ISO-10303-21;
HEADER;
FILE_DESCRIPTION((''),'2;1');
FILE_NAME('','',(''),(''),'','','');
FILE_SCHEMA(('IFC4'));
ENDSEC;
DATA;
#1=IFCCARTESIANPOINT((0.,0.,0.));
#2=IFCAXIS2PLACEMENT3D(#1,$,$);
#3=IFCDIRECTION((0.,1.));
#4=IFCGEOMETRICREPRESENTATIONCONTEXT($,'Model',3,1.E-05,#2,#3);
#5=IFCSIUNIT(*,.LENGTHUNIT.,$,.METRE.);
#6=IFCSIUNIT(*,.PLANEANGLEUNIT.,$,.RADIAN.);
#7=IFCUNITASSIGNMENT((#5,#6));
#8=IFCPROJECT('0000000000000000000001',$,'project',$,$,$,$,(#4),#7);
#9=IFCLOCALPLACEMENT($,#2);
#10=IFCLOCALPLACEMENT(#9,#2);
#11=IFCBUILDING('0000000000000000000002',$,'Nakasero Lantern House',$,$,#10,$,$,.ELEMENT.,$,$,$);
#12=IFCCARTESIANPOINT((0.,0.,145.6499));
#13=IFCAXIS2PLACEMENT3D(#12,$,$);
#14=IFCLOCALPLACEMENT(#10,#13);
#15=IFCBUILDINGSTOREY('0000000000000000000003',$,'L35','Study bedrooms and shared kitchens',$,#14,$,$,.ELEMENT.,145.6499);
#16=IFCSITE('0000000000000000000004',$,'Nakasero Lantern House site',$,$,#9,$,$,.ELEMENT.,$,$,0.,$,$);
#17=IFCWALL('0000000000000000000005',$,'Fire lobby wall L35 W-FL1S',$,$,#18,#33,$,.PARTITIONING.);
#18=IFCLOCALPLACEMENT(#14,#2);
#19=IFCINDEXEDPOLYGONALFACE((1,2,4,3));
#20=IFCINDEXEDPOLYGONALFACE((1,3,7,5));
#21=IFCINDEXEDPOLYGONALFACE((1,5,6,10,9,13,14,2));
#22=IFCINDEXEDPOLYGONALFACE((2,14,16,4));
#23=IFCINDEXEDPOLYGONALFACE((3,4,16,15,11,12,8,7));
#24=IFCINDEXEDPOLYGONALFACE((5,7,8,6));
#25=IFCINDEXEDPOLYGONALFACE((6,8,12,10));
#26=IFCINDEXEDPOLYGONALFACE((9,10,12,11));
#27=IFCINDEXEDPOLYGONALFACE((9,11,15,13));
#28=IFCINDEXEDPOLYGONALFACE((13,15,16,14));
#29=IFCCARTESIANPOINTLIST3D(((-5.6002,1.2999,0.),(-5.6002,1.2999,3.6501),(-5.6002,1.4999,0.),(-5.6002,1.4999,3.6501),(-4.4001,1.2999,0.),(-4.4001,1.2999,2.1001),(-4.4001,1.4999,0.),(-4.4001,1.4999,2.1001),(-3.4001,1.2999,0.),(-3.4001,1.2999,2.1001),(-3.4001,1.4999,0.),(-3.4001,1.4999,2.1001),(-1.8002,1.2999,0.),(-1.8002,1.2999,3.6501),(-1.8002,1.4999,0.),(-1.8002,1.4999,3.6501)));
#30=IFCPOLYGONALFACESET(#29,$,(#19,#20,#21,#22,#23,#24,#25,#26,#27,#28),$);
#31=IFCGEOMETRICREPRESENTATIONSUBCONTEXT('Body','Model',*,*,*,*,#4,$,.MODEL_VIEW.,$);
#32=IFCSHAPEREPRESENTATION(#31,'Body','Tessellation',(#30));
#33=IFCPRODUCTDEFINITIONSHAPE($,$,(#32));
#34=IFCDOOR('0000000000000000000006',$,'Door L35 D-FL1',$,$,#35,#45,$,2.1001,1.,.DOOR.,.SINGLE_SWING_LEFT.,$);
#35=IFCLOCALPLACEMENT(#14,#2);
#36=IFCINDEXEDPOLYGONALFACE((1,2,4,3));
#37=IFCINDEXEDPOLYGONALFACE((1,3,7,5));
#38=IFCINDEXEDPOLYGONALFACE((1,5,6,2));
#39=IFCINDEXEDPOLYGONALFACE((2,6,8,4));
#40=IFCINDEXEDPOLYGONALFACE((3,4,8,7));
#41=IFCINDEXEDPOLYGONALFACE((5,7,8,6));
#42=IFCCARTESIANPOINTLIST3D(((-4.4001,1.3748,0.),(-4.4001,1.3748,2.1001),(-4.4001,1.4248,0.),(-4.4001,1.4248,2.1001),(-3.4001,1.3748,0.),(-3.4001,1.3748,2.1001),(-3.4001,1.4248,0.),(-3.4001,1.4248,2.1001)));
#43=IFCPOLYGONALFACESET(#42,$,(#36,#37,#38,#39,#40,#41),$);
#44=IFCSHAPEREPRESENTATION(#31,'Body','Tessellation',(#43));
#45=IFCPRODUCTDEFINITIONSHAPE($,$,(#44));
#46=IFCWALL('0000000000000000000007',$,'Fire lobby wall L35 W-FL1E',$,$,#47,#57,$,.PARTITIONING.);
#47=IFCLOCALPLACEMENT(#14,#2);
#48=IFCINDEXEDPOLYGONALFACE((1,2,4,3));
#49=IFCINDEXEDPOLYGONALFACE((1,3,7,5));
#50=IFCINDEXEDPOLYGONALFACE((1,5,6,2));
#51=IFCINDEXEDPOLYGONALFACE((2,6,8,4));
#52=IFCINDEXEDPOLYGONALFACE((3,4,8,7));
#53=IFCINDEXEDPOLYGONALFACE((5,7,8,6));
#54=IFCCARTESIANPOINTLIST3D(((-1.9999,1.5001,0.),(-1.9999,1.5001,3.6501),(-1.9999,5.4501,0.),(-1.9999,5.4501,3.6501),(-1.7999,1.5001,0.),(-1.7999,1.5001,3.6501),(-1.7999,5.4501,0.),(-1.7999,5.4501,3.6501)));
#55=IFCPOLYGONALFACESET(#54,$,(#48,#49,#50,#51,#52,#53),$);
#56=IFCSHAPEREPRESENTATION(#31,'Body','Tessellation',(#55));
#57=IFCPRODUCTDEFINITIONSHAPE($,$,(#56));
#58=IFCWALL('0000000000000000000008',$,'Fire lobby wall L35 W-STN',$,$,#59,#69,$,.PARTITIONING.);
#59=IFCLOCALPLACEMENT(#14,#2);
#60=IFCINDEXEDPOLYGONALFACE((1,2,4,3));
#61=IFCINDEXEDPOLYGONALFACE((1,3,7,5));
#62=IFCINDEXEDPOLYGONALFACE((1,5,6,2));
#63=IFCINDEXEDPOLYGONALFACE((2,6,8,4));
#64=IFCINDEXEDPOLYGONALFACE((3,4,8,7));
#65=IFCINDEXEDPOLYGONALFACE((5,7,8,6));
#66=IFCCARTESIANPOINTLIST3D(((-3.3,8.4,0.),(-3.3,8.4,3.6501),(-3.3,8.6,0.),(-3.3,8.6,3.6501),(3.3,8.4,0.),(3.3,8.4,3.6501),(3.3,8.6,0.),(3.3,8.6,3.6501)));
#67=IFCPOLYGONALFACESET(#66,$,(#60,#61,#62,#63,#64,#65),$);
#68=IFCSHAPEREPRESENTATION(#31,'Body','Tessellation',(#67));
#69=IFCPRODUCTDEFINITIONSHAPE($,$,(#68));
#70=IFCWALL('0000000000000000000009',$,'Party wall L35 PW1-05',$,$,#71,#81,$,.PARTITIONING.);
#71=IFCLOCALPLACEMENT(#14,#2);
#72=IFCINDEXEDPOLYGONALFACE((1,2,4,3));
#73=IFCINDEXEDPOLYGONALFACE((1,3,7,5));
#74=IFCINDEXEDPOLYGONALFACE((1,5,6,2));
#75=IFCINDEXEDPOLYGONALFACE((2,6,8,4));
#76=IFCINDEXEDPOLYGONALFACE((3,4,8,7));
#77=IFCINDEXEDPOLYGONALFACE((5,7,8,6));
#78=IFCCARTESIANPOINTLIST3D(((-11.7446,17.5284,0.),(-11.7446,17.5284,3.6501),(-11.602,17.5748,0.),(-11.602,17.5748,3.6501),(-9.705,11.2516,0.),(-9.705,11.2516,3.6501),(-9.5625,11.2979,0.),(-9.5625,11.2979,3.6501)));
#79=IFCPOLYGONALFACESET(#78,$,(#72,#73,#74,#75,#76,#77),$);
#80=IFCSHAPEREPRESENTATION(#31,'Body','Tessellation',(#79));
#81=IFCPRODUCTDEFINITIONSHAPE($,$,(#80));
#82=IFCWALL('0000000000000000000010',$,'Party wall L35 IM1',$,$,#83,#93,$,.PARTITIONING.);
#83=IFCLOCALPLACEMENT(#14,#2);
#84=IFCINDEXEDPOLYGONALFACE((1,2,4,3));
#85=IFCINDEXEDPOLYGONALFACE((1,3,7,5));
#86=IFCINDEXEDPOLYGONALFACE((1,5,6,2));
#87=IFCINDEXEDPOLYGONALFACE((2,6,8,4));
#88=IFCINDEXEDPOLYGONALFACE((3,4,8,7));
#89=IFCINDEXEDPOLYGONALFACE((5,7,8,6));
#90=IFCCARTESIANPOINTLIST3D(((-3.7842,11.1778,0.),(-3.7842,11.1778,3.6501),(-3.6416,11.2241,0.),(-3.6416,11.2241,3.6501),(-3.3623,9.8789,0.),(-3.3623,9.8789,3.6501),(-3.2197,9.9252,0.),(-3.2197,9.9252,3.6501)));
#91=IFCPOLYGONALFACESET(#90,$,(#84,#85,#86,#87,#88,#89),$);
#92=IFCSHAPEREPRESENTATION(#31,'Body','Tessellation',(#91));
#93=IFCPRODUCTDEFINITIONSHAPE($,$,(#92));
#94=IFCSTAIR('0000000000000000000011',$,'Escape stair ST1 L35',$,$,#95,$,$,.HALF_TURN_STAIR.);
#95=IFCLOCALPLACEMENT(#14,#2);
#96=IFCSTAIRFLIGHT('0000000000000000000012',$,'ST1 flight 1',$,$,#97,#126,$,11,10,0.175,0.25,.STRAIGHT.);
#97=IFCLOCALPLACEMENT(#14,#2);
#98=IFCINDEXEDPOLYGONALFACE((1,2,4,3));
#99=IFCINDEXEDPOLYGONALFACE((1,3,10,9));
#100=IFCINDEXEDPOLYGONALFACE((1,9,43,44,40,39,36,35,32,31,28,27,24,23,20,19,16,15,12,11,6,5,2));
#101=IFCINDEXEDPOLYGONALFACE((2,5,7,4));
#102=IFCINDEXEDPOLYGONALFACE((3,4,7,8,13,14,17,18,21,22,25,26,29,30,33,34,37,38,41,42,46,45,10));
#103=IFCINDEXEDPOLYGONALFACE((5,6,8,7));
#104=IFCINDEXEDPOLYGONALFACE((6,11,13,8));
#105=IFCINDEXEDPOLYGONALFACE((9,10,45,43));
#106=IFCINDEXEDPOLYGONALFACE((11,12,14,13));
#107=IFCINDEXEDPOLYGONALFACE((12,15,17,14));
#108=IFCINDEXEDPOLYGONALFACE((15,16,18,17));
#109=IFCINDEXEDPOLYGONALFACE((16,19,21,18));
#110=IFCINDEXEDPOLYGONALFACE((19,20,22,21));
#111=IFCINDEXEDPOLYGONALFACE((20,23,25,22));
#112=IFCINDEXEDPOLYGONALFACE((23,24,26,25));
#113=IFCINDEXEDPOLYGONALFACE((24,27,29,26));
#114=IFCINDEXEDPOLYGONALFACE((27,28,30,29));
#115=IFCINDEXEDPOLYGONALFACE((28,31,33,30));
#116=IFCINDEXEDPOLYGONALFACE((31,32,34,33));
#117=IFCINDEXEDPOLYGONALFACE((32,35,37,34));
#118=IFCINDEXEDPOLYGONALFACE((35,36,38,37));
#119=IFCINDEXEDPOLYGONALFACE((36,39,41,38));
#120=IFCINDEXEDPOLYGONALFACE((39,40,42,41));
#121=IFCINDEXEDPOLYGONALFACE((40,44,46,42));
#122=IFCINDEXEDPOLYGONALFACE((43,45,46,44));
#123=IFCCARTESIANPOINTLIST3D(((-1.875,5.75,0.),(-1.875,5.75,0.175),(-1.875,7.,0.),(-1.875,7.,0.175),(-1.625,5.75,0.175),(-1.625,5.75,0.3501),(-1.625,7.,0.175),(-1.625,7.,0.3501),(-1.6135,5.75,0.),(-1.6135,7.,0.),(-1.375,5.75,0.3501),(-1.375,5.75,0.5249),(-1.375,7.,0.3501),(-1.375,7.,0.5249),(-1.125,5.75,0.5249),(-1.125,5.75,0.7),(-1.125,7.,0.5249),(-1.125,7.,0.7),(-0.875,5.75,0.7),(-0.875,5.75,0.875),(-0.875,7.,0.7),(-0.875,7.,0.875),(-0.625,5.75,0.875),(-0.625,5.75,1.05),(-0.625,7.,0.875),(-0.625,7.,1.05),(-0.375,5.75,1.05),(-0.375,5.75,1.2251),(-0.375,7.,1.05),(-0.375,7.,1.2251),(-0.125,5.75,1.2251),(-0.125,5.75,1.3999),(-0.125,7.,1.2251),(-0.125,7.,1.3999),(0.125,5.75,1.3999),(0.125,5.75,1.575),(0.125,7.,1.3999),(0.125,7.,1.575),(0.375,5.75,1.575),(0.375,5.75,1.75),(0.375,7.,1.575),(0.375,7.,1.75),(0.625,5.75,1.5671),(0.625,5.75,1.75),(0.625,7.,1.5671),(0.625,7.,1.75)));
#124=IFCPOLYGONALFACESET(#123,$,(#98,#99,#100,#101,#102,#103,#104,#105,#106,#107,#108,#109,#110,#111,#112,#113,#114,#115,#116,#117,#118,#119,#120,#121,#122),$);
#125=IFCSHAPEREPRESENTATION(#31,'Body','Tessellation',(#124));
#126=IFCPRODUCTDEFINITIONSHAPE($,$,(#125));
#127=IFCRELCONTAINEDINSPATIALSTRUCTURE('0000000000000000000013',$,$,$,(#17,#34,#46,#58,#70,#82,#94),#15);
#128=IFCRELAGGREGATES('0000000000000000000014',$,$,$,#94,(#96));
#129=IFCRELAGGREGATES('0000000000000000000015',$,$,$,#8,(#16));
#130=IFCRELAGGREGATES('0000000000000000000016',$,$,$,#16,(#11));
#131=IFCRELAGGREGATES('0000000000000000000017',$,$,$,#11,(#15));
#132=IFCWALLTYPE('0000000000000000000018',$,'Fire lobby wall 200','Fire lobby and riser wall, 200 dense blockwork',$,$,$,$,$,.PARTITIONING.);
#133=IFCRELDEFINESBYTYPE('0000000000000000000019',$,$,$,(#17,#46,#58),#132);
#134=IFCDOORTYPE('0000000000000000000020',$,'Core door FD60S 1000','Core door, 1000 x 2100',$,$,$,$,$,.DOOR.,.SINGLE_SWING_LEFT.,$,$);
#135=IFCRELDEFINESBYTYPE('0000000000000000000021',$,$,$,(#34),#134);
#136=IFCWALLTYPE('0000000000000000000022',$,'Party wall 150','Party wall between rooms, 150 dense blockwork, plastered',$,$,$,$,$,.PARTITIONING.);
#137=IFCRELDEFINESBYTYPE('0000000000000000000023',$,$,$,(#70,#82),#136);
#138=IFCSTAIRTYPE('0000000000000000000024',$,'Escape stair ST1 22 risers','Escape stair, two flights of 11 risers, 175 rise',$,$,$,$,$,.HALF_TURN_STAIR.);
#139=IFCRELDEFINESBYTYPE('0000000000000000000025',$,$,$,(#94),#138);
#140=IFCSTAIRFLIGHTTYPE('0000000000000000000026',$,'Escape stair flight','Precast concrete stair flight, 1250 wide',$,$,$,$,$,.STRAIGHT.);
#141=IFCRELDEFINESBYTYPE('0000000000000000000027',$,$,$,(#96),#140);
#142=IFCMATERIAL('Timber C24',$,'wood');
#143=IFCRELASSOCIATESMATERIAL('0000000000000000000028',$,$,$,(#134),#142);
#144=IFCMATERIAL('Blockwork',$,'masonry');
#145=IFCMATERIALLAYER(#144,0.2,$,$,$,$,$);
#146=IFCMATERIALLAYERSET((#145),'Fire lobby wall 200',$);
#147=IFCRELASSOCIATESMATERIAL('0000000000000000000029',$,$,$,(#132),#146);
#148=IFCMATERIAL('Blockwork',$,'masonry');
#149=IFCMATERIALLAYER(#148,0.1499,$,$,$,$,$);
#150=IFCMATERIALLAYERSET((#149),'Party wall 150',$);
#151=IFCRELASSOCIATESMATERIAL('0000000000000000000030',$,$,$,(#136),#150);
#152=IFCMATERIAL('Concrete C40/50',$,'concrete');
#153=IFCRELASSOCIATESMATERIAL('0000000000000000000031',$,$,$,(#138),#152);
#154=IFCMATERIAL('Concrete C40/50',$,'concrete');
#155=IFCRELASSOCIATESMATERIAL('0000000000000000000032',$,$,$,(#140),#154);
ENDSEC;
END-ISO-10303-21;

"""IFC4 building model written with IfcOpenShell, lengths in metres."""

from ifc_helpers import new_model, si_unit, direction, frame, frame_2d, origin, place, context, subcontext, project, spatial, polyline, rectangle, outline, extrude, material, layer, layer_set, type_object, element, fill, aggregate, save


model = new_model("IFC4")

# Units and contexts
model_context = context("Model", 3, precision=1e-05, world=origin(), true_north=direction((0.0, 1.0)))
body_context = subcontext(model_context, "Body", "Model", "MODEL_VIEW")
ifc_project = project(units=[si_unit("LENGTHUNIT", "METRE"), si_unit("PLANEANGLEUNIT", "RADIAN")], contexts=[model_context])

# Site, building, storey
site_placement = place(None, origin())
site = spatial("IfcSite", under=ifc_project, at=site_placement, Name="Nakasero Lantern House site", CompositionType="ELEMENT", RefElevation=0.0)
building_placement = place(site_placement, origin())
building = spatial("IfcBuilding", under=site, at=building_placement, Name="Nakasero Lantern House", CompositionType="ELEMENT")
storey_placement = place(building_placement, frame((0.0, 0.0, 145.6499)))
storey = spatial("IfcBuildingStorey", under=building, at=storey_placement, Name="L35", Description="Study bedrooms and shared kitchens", CompositionType="ELEMENT", Elevation=145.6499)

# Shared definitions
ifc_material_1 = material(Name="Timber C24", Category="wood")
door_type_1 = type_object("IfcDoorType", Name="Core door FD60S 1000", Description="Core door, 1000 x 2100", OperationType="SINGLE_SWING_LEFT", PredefinedType="DOOR", material=ifc_material_1)

# Wall, opening, door
ifc_material_2 = material(Name="Blockwork", Category="masonry")
ifc_layer_1 = layer(ifc_material_2, 0.2)
ifc_layer_set_1 = layer_set([ifc_layer_1], Name="Fire lobby wall 200")
wall_type_1 = type_object("IfcWallType", Name="Fire lobby wall 200", Description="Fire lobby and riser wall, 200 dense blockwork", PredefinedType="PARTITIONING", material=ifc_layer_set_1)
wall_1_placement = place(storey_placement, frame((-5.6001, 1.3999, 0.0), z_axis=(0.0, 0.0, 1.0), x_axis=(1.0, 0.0, 0.0)))
wall_1 = element("IfcWall", 1, at=wall_1_placement, inside=storey, type_object=wall_type_1, Name="Fire lobby wall L35 W-FL1S", PredefinedType="PARTITIONING", context=body_context, shape_type="SweptSolid", body=[
    extrude(rectangle(XDim=3.8, YDim=0.2, at=frame_2d((1.8999, 0.0))), origin(), (0.0, 0.0, 1.0), 3.6501),
])
opening_1_placement = place(wall_1_placement, frame((1.2, 0.0, 0.0)))
opening_1 = element("IfcOpeningElement", 2, at=opening_1_placement, cuts=wall_1, PredefinedType="OPENING", context=body_context, shape_type="SweptSolid", body=[
    extrude(rectangle(XDim=1.0, YDim=2.1001, at=frame_2d((0.5, 1.05))), frame((0.0, 0.1199, 0.0), z_axis=(0.0, -1.0, 0.0), x_axis=(1.0, 0.0, 0.0)), (0.0, 0.0, 1.0), 0.24),
])
door_1_placement = place(opening_1_placement, origin())
door_1 = element("IfcDoor", 3, at=door_1_placement, inside=storey, type_object=door_type_1, Name="Door L35 D-FL1", OperationType="SINGLE_SWING_LEFT", OverallHeight=2.1001, OverallWidth=1.0, PredefinedType="DOOR", context=body_context, shape_type="SweptSolid", body=[
    extrude(rectangle(XDim=1.0, YDim=2.1001, at=frame_2d((0.5, 1.05))), frame((0.0, 0.0249, 0.0), z_axis=(0.0, -1.0, 0.0), x_axis=(1.0, 0.0, 0.0)), (0.0, 0.0, 1.0), 0.05),
])
fill(opening_1, door_1)

# Walls
wall_2_placement = place(storey_placement, frame((-1.8999, 1.5, 0.0), z_axis=(0.0, 0.0, 1.0), x_axis=(0.0, 1.0, 0.0)))
element("IfcWall", 4, at=wall_2_placement, inside=storey, type_object=wall_type_1, Name="Fire lobby wall L35 W-FL1E", PredefinedType="PARTITIONING", context=body_context, shape_type="SweptSolid", body=[
    extrude(rectangle(XDim=3.95, YDim=0.2, at=frame_2d((1.9751, 0.0))), origin(), (0.0, 0.0, 1.0), 3.6501),
])
wall_3_placement = place(storey_placement, frame((-3.3, 8.5, 0.0), z_axis=(0.0, 0.0, 1.0), x_axis=(1.0, 0.0, 0.0)))
element("IfcWall", 5, at=wall_3_placement, inside=storey, type_object=wall_type_1, Name="Fire lobby wall L35 W-STN", PredefinedType="PARTITIONING", context=body_context, shape_type="SweptSolid", body=[
    extrude(rectangle(XDim=6.6001, YDim=0.2, at=frame_2d((3.3, 0.0))), origin(), (0.0, 0.0, 1.0), 3.6501),
])
ifc_material_3 = material(Name="Blockwork", Category="masonry")
ifc_layer_2 = layer(ifc_material_3, 0.1499)
ifc_layer_set_2 = layer_set([ifc_layer_2], Name="Party wall 150")
wall_type_2 = type_object("IfcWallType", Name="Party wall 150", Description="Party wall between rooms, 150 dense blockwork, plastered", PredefinedType="PARTITIONING", material=ifc_layer_set_2)
wall_4_placement = place(storey_placement, frame((-9.6338, 11.2749, 0.0), z_axis=(0.0, 0.0, 1.0), x_axis=(-0.309028, 0.951053, 0.0)))
element("IfcWall", 6, at=wall_4_placement, inside=storey, type_object=wall_type_2, Name="Party wall L35 PW1-05", PredefinedType="PARTITIONING", context=body_context, shape_type="SweptSolid", body=[
    extrude(rectangle(XDim=6.5999, YDim=0.1499, at=frame_2d((3.2998, 0.0))), origin(), (0.0, 0.0, 1.0), 3.6501),
])
wall_5_placement = place(storey_placement, frame((-3.7129, 11.2009, 0.0), z_axis=(0.0, 0.0, 1.0), x_axis=(0.308924, -0.951087, 0.0)))
element("IfcWall", 7, at=wall_5_placement, inside=storey, type_object=wall_type_2, Name="Party wall L35 IM1", PredefinedType="PARTITIONING", context=body_context, shape_type="SweptSolid", body=[
    extrude(rectangle(XDim=1.3657, YDim=0.1499, at=frame_2d((0.6829, 0.0))), origin(), (0.0, 0.0, 1.0), 3.6501),
])

# Stair, stair flight
ifc_material_4 = material(Name="Concrete C40/50", Category="concrete")
stair_type = type_object("IfcStairType", Name="Escape stair ST1 22 risers", Description="Escape stair, two flights of 11 risers, 175 rise", PredefinedType="HALF_TURN_STAIR", material=ifc_material_4)
stair_placement = place(storey_placement, origin())
stair = element("IfcStair", 8, at=stair_placement, inside=storey, type_object=stair_type, Name="Escape stair ST1 L35", PredefinedType="HALF_TURN_STAIR")
ifc_material_5 = material(Name="Concrete C40/50", Category="concrete")
stair_flight_type = type_object("IfcStairFlightType", Name="Escape stair flight", Description="Precast concrete stair flight, 1250 wide", PredefinedType="STRAIGHT", material=ifc_material_5)
stair_flight_placement = place(storey_placement, frame((-1.875, 6.375, 0.0), z_axis=(0.0, 0.0, 1.0), x_axis=(1.0, 0.0, 0.0)))
stair_flight = element("IfcStairFlight", 9, at=stair_flight_placement, type_object=stair_flight_type, Name="ST1 flight 1", NumberOfRisers=11, NumberOfTreads=10, PredefinedType="STRAIGHT", RiserHeight=0.175, TreadLength=0.25, context=body_context, shape_type="SweptSolid", body=[
    extrude(outline(polyline([(0.0, 0.0), (0.0, 0.175), (0.25, 0.175), (0.25, 0.3501), (0.5, 0.3501), (0.5, 0.5249), (0.75, 0.5249), (0.75, 0.7), (1.0, 0.7), (1.0, 0.875), (1.25, 0.875), (1.25, 1.05), (1.5, 1.05), (1.5, 1.2251), (1.75, 1.2251), (1.75, 1.3999), (2.0, 1.3999), (2.0, 1.575), (2.25, 1.575), (2.25, 1.75), (2.5, 1.75), (2.5, 1.925), (2.5, 1.5671), (0.2615, 0.0), (0.0, 0.0)])), frame((0.0, 0.625, 0.0), z_axis=(0.0, -1.0, 0.0), x_axis=(1.0, 0.0, 0.0)), (0.0, 0.0, 1.0), 1.25),
])
aggregate(stair, [stair_flight])

save(model, "model.ifc")
